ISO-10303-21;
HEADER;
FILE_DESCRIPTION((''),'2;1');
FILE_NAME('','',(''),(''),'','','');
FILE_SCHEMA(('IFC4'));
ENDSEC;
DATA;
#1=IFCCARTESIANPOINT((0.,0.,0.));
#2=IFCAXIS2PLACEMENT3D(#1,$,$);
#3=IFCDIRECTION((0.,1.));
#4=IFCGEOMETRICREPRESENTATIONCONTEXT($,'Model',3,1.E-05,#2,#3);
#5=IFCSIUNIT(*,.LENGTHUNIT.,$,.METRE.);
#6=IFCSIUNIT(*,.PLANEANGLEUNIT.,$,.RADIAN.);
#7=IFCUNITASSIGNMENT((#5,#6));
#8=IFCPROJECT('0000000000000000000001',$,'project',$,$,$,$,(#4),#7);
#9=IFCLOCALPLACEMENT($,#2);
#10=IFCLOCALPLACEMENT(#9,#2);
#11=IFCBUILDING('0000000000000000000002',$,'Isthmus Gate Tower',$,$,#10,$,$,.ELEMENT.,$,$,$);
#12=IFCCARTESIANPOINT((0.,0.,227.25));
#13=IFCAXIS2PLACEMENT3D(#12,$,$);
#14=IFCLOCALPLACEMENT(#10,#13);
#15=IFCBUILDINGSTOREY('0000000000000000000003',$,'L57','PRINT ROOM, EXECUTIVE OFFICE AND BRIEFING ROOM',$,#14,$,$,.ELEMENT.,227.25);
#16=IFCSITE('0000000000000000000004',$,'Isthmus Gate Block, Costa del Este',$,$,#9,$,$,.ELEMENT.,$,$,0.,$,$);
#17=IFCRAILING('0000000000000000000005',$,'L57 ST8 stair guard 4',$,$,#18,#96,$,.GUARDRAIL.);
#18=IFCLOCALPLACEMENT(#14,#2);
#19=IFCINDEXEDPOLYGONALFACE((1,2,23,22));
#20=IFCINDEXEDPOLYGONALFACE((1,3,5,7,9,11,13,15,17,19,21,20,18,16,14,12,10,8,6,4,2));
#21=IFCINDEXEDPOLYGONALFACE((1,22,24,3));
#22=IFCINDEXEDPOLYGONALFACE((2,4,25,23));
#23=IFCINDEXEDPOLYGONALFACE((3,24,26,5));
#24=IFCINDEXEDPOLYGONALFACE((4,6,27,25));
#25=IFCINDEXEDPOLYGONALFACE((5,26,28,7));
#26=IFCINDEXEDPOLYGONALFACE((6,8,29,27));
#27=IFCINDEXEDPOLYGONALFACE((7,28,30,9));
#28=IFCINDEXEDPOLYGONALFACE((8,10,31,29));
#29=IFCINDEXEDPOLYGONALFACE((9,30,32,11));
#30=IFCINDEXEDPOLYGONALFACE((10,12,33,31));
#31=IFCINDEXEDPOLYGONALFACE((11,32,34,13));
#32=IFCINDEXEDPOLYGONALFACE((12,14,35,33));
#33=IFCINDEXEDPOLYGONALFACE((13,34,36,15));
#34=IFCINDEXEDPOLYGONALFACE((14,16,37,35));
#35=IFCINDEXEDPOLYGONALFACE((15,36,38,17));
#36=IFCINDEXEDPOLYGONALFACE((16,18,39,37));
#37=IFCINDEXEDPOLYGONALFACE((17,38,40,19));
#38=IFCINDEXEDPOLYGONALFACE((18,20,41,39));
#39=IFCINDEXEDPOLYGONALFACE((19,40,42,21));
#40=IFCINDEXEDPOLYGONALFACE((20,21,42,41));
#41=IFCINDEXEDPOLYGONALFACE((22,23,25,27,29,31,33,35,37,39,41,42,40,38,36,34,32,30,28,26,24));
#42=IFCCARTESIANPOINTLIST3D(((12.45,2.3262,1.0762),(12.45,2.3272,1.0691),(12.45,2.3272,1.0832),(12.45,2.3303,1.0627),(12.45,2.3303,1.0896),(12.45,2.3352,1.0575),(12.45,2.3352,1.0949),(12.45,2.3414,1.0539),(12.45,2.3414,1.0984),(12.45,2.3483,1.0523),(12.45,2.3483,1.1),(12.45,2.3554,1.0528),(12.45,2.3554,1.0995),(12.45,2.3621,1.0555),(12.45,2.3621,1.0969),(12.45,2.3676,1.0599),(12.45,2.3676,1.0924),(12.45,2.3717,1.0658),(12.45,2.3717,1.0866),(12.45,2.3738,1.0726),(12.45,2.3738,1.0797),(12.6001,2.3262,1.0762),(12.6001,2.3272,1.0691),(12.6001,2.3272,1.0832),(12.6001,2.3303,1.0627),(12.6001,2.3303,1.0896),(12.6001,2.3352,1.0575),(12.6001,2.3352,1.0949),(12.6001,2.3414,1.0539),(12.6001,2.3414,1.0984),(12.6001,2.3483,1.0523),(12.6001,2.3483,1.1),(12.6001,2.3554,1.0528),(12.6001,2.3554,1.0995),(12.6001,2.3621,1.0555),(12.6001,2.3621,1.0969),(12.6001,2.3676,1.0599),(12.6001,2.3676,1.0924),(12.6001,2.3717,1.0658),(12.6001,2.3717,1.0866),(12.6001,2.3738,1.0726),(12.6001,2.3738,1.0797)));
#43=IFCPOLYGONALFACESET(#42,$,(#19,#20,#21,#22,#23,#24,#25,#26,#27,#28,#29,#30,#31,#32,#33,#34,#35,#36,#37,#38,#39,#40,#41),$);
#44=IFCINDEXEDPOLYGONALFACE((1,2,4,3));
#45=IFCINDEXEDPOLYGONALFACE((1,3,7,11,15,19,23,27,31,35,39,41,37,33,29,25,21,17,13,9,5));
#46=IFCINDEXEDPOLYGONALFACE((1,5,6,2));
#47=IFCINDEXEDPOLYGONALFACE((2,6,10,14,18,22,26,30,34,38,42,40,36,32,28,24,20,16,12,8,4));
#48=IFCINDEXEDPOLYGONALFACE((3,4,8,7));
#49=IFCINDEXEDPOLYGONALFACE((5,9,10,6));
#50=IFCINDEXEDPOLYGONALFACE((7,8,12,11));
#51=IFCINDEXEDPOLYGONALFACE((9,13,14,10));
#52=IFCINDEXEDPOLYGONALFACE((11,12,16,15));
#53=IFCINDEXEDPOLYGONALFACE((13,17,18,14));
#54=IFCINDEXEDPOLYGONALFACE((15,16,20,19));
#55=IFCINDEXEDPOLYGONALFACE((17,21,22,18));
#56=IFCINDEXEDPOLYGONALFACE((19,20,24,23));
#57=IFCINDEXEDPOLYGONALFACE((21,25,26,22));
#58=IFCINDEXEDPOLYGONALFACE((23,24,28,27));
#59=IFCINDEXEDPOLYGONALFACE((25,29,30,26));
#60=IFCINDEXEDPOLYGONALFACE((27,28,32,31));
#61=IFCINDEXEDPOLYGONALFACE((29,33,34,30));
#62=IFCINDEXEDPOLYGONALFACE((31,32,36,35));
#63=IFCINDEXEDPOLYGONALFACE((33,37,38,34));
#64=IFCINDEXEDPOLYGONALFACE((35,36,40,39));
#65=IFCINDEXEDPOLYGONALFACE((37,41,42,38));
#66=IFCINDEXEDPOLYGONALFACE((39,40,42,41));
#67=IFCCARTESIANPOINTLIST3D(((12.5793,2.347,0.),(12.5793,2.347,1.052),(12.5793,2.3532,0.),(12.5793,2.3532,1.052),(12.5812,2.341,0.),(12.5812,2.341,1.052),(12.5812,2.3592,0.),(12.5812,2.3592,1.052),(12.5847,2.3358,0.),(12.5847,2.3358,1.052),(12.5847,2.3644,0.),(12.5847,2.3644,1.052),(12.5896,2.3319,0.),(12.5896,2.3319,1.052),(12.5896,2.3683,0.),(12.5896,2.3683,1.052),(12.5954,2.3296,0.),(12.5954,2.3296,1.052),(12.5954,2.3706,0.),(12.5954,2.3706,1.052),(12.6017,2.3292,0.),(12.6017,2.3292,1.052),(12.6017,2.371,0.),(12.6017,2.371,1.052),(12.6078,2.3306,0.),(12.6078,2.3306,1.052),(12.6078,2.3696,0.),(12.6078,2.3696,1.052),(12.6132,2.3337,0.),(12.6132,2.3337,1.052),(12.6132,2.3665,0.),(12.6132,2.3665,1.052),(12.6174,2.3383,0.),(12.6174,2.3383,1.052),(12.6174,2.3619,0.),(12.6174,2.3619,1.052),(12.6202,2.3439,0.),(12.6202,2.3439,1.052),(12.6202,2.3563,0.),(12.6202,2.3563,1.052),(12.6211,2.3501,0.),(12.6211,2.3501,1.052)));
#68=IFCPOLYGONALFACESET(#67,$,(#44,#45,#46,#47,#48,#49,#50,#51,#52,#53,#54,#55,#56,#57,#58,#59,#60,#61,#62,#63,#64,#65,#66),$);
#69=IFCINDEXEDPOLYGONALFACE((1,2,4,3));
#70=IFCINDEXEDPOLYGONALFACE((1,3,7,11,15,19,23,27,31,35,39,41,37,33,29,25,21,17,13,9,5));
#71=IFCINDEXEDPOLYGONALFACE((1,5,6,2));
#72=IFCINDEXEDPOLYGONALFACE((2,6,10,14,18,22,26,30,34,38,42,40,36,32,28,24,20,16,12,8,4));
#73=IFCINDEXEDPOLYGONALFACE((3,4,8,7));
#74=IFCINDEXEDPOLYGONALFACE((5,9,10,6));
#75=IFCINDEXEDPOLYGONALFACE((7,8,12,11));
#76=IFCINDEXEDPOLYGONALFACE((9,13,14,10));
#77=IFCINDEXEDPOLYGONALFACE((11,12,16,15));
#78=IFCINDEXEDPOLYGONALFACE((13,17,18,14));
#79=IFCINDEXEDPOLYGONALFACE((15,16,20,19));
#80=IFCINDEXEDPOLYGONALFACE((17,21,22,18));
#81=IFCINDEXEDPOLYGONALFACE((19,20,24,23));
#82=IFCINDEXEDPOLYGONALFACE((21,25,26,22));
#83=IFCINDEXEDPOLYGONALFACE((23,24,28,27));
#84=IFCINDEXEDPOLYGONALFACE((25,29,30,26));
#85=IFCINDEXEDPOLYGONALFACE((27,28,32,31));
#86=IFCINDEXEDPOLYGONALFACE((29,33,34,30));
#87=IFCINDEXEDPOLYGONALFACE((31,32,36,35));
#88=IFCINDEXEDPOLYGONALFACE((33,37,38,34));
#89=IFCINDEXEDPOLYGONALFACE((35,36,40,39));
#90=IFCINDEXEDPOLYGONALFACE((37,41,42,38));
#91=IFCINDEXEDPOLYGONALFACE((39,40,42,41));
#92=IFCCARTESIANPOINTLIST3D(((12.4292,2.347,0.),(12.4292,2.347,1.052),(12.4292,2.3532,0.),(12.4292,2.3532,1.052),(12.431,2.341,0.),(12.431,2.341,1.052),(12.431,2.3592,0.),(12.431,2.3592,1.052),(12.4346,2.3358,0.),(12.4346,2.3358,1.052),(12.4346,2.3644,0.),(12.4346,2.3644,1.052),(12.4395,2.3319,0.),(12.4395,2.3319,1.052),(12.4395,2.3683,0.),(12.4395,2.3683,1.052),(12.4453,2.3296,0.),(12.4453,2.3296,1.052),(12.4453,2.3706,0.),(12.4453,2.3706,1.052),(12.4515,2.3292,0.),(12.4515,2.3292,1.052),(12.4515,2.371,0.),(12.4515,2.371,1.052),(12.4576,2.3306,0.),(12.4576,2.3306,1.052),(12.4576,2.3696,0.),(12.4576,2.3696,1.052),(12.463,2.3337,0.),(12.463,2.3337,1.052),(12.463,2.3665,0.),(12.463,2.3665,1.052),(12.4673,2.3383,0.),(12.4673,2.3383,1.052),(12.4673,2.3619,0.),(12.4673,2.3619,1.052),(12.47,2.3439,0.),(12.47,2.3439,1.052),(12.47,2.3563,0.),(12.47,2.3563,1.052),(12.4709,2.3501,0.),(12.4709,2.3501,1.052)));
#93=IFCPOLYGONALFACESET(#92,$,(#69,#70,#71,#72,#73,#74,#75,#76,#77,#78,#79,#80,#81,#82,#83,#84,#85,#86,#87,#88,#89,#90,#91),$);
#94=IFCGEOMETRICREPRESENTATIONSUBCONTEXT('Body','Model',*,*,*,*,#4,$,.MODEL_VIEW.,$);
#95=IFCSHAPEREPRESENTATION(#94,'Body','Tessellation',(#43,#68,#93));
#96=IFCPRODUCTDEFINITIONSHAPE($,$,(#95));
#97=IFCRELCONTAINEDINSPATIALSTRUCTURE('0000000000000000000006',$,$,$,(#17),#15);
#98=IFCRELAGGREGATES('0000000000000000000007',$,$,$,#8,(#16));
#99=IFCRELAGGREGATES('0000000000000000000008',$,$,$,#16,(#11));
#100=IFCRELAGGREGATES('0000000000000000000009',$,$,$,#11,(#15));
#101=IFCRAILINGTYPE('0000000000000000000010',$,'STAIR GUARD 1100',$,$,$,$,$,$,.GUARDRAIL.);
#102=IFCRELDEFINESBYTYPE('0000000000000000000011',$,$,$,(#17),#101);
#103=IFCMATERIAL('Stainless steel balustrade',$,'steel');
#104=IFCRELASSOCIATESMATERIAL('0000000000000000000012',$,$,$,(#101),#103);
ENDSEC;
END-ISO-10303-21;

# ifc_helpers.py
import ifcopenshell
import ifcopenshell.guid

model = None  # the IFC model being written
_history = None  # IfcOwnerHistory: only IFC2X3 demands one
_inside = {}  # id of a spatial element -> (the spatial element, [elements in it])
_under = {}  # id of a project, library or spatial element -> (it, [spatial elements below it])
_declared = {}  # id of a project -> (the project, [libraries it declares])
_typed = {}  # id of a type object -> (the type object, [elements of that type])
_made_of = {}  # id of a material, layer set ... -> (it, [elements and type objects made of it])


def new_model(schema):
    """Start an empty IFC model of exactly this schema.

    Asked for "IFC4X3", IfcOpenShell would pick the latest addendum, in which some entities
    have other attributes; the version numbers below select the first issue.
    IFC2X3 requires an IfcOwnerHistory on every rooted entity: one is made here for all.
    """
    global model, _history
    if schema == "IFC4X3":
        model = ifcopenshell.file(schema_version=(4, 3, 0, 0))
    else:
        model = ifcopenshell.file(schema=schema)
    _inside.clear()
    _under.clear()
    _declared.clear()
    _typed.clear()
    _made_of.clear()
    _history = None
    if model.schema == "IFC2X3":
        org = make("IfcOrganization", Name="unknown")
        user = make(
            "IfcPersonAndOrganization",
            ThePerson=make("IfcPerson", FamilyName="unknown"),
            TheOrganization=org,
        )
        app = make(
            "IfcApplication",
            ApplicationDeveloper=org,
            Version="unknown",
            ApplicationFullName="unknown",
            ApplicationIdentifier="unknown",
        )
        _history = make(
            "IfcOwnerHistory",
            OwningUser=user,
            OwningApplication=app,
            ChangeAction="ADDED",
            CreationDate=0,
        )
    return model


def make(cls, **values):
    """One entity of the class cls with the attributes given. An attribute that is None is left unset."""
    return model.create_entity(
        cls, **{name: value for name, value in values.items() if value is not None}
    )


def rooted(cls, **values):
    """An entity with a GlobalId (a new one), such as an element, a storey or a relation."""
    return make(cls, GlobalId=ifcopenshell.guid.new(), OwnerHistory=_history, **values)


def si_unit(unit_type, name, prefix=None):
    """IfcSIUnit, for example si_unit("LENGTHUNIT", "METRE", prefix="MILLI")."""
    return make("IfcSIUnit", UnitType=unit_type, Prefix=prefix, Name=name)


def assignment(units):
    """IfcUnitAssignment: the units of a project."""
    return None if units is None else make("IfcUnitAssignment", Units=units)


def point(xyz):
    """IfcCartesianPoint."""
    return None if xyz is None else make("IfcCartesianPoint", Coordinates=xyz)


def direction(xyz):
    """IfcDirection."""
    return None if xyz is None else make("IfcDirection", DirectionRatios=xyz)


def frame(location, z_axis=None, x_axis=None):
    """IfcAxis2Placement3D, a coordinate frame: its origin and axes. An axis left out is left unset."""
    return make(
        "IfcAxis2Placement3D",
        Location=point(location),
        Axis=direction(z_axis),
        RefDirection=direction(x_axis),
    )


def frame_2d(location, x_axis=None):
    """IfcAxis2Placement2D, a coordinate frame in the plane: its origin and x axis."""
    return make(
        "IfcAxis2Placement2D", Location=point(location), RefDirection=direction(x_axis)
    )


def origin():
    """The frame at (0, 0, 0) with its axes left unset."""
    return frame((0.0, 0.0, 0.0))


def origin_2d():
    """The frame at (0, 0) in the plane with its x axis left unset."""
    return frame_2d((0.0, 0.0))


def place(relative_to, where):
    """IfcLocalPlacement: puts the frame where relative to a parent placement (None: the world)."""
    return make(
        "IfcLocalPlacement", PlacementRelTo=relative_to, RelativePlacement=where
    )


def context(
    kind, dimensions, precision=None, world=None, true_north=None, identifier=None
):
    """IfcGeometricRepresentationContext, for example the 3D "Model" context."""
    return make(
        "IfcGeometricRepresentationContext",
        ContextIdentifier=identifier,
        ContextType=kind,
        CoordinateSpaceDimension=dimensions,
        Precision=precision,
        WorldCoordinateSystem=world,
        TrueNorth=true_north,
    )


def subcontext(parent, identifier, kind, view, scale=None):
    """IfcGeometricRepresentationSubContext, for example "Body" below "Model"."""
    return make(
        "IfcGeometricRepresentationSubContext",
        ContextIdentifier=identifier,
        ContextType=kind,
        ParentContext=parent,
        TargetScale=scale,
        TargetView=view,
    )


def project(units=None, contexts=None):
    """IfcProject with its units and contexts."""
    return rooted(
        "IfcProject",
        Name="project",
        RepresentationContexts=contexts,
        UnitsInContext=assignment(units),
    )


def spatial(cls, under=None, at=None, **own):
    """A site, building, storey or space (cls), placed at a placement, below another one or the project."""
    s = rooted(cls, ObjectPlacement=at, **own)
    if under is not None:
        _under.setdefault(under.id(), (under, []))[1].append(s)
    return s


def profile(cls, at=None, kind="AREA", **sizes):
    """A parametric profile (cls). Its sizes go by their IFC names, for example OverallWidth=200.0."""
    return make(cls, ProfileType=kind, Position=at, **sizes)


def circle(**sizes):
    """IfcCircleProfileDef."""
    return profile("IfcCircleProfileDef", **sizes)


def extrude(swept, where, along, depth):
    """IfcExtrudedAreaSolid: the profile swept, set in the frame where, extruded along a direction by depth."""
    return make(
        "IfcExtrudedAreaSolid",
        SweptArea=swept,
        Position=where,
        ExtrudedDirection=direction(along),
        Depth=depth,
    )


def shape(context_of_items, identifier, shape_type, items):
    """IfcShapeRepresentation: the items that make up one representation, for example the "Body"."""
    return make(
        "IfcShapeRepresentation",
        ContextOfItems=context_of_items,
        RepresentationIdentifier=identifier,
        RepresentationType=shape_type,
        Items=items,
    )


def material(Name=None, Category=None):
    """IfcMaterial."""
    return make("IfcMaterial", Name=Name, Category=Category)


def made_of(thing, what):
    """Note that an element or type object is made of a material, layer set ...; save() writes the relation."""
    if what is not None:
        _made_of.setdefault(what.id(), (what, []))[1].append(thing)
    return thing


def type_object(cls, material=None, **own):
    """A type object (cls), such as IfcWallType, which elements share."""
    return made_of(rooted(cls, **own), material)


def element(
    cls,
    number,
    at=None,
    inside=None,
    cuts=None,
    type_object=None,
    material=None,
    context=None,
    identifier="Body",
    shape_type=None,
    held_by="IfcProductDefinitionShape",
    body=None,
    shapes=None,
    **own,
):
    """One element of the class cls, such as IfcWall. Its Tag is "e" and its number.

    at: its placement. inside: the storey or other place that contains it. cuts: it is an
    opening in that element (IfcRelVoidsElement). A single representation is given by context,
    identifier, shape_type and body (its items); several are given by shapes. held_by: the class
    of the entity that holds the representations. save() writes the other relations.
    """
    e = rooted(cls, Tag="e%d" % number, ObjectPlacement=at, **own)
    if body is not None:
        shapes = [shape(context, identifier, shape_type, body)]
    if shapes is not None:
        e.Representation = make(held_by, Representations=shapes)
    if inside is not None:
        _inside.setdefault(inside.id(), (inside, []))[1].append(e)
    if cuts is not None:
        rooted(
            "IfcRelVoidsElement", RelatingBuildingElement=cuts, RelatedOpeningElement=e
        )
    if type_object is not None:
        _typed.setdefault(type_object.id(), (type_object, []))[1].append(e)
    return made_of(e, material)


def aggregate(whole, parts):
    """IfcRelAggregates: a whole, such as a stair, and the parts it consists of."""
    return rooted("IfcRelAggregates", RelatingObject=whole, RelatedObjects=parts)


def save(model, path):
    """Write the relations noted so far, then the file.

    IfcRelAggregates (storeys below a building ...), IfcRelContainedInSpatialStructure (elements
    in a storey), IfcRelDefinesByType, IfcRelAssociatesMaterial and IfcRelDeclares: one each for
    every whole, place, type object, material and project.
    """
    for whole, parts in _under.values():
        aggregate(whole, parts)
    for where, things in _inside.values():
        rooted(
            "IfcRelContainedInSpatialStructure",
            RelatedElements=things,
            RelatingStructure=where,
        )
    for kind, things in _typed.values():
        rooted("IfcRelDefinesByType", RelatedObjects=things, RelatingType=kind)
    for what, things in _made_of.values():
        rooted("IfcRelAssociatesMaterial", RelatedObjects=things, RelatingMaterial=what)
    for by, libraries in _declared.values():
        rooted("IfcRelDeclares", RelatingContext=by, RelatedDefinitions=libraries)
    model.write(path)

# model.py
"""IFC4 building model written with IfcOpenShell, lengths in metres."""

from ifc_helpers import new_model, si_unit, direction, frame, origin, origin_2d, place, context, subcontext, project, spatial, circle, extrude, material, type_object, element, save


model = new_model("IFC4")

# Units and contexts
model_context = context("Model", 3, precision=1e-05, world=origin(), true_north=direction((0.0, 1.0)))
body_context = subcontext(model_context, "Body", "Model", "MODEL_VIEW")
ifc_project = project(units=[si_unit("LENGTHUNIT", "METRE"), si_unit("PLANEANGLEUNIT", "RADIAN")], contexts=[model_context])

# Site, building, storey
site_placement = place(None, origin())
site = spatial("IfcSite", under=ifc_project, at=site_placement, Name="Isthmus Gate Block, Costa del Este", CompositionType="ELEMENT", RefElevation=0.0)
building_placement = place(site_placement, origin())
building = spatial("IfcBuilding", under=site, at=building_placement, Name="Isthmus Gate Tower", CompositionType="ELEMENT")
storey_placement = place(building_placement, frame((0.0, 0.0, 227.25)))
storey = spatial("IfcBuildingStorey", under=building, at=storey_placement, Name="L57", Description="PRINT ROOM, EXECUTIVE OFFICE AND BRIEFING ROOM", CompositionType="ELEMENT", Elevation=227.25)

# Railing
ifc_material_1 = material(Name="Stainless steel balustrade", Category="steel")
railing_type_1 = type_object("IfcRailingType", Name="STAIR GUARD 1100", PredefinedType="GUARDRAIL", material=ifc_material_1)
railing_1_placement = place(storey_placement, frame((12.6001, 2.3501, 0.0)))
element("IfcRailing", 1, at=railing_1_placement, inside=storey, type_object=railing_type_1, Name="L57 ST8 stair guard 4", PredefinedType="GUARDRAIL", context=body_context, shape_type="SweptSolid", body=[
    extrude(circle(Radius=0.0239, at=origin_2d()), frame((0.0, 0.0, 1.0762), z_axis=(-1.0, 0.0, 0.0), x_axis=(0.0, -1.0, 0.0)), (0.0, 0.0, 1.0), 0.1501),
    extrude(circle(Radius=0.021, at=origin_2d()), origin(), (0.0, 0.0, 1.0), 1.052),
    extrude(circle(Radius=0.021, at=origin_2d()), frame((-0.1501, 0.0, 0.0)), (0.0, 0.0, 1.0), 1.052),
])

save(model, "model.ifc")
